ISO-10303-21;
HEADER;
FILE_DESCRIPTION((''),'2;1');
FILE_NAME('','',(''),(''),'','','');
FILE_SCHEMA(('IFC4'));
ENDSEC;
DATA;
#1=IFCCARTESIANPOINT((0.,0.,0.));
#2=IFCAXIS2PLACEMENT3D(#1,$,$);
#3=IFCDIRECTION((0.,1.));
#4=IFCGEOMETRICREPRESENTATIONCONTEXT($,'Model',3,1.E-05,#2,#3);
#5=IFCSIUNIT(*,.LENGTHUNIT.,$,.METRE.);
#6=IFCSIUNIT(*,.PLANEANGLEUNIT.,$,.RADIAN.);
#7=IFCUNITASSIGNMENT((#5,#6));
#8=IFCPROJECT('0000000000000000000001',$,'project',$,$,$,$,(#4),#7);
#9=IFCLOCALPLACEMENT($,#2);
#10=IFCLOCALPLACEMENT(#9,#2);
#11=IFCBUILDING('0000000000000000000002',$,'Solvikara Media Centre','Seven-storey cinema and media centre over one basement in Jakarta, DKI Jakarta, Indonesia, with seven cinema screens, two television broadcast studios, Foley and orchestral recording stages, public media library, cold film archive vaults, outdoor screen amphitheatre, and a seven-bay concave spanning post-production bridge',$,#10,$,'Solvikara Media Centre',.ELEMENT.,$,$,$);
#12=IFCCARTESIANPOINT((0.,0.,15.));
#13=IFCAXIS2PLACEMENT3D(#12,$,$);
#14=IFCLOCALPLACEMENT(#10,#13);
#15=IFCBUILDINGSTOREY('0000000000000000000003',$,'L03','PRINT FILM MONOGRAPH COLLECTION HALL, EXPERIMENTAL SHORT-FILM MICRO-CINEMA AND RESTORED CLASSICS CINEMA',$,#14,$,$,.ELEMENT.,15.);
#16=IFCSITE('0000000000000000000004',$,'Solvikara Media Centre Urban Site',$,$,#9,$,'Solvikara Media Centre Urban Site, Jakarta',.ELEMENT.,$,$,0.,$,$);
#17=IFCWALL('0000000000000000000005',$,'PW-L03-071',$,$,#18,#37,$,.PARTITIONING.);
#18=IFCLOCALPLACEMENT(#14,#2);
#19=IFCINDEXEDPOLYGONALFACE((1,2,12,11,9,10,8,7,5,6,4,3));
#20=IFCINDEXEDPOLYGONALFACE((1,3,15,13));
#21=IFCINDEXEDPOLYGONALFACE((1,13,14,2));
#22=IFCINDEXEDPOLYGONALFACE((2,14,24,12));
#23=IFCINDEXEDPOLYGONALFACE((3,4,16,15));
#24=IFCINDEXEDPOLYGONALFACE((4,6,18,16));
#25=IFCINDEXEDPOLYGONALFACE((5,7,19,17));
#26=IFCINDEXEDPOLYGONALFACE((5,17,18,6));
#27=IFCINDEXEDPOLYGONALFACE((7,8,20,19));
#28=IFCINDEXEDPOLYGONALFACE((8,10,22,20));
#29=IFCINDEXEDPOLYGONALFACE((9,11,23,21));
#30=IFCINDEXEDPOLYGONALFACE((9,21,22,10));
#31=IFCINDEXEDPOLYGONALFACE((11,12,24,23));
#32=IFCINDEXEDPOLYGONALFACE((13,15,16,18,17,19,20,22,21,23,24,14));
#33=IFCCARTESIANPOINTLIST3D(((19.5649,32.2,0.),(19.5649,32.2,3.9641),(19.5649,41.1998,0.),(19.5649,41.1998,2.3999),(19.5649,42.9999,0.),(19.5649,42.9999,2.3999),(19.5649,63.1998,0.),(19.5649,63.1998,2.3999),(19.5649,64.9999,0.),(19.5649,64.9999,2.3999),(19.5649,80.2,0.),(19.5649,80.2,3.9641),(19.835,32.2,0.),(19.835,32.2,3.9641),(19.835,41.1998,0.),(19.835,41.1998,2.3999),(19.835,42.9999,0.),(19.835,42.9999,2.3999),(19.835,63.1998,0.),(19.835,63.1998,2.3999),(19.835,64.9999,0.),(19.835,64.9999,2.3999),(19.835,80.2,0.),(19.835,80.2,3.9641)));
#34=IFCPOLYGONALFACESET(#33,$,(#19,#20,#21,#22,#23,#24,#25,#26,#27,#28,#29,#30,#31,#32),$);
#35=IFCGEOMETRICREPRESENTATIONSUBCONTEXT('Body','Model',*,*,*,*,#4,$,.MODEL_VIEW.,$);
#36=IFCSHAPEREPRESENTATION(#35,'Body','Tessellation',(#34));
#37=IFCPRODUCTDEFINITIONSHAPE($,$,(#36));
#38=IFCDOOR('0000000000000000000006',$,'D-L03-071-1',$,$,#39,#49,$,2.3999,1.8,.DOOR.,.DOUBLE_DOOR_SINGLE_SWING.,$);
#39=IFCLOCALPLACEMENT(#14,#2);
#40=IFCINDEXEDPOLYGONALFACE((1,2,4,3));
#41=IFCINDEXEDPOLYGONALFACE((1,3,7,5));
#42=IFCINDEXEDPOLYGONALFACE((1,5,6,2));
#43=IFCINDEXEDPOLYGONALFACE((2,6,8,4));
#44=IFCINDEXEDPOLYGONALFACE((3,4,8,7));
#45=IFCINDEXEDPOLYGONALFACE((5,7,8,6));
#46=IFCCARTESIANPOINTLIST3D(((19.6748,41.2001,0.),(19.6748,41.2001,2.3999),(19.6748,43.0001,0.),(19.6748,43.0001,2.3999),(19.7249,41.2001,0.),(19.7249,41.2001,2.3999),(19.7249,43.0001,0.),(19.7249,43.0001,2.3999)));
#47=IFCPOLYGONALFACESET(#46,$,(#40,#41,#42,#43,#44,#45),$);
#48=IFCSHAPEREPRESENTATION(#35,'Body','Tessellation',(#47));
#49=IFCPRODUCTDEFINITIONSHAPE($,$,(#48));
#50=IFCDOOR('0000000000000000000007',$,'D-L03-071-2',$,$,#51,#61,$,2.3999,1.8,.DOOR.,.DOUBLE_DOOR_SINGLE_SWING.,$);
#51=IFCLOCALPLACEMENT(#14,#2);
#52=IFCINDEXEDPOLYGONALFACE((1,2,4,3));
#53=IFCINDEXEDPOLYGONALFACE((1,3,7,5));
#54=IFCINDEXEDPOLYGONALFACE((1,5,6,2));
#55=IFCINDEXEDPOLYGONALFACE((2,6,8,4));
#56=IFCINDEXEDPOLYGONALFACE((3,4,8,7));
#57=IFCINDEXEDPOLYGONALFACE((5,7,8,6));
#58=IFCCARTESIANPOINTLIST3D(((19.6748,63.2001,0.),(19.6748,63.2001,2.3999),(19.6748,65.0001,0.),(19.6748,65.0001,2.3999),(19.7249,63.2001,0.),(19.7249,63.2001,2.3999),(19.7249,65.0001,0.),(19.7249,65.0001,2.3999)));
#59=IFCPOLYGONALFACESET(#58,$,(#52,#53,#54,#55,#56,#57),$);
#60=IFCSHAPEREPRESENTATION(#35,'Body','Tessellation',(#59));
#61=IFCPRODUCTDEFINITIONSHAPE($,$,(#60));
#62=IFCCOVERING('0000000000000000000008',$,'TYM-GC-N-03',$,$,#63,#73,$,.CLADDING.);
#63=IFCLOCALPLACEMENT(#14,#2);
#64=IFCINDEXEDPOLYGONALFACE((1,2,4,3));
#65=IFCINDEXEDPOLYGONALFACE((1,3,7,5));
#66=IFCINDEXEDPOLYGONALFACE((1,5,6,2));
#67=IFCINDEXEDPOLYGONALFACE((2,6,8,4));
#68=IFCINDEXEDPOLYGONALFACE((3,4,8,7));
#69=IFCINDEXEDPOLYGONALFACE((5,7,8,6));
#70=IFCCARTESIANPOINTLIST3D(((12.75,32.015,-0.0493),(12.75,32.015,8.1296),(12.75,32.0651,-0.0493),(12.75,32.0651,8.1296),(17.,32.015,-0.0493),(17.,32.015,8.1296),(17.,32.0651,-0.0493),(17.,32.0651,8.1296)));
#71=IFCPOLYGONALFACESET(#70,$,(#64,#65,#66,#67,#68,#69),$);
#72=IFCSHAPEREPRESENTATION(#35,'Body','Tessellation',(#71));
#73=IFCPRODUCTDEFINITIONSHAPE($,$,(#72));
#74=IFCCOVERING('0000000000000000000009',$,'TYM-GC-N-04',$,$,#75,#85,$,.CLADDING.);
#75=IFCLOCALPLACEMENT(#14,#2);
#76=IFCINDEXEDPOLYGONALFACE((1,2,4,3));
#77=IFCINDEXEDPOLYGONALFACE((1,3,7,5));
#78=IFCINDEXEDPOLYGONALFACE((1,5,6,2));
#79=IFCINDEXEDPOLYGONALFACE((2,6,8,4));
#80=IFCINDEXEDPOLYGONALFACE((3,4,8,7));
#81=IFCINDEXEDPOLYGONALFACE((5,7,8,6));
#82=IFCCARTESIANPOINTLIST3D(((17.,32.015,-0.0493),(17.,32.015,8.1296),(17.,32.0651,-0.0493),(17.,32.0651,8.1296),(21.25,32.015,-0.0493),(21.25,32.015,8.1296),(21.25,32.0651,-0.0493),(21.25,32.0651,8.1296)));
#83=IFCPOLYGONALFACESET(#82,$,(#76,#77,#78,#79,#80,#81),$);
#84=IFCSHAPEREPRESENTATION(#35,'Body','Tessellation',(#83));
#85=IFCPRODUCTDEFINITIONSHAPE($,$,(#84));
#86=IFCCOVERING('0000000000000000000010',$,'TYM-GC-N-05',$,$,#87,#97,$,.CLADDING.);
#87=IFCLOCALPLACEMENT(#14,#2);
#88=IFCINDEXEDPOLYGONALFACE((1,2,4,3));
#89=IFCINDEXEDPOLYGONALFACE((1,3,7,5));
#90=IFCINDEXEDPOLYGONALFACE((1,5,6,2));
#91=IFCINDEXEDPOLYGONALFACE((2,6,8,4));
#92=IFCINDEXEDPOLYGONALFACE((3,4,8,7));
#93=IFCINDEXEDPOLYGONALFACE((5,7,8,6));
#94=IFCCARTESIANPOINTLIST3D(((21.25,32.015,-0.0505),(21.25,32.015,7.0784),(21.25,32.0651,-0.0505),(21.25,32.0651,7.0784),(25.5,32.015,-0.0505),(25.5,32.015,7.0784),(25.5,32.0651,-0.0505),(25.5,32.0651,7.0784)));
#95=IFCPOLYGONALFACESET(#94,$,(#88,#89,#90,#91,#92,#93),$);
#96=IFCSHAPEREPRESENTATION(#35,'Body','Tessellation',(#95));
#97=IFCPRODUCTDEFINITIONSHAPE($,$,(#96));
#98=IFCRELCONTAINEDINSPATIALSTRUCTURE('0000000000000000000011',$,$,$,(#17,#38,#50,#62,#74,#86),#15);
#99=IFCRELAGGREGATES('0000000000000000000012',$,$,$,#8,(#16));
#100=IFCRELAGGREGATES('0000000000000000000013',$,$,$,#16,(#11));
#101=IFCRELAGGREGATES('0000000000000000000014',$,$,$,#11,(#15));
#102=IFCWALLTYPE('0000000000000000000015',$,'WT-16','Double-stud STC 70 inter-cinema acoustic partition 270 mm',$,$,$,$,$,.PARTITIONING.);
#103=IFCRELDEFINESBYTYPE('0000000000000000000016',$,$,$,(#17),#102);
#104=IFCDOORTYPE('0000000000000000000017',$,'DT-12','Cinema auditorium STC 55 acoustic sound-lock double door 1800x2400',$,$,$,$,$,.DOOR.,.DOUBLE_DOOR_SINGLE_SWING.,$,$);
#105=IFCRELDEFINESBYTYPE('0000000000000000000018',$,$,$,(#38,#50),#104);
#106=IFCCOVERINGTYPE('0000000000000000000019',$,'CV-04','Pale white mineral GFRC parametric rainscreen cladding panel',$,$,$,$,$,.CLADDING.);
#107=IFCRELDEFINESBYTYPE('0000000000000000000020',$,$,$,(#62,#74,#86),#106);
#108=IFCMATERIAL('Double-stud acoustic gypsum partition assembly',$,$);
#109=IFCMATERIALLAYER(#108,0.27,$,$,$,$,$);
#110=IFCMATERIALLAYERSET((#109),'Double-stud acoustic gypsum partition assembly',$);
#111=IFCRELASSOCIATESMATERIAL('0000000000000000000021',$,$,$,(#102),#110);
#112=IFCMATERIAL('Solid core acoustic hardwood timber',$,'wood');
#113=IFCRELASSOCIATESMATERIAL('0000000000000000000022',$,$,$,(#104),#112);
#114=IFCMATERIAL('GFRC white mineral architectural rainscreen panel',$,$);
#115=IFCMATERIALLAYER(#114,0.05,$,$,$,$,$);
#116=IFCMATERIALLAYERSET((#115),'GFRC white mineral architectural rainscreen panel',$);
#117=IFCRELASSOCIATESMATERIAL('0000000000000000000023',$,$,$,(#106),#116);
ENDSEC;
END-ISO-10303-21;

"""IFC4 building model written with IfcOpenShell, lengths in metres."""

from ifc_helpers import new_model, si_unit, direction, frame, frame_2d, origin, origin_2d, place, context, subcontext, project, spatial, rectangle, extrude, material, layer, layer_set, type_object, element, fill, save


model = new_model("IFC4")

# Units and contexts
model_context = context("Model", 3, precision=1e-05, world=origin(), true_north=direction((0.0, 1.0)))
body_context = subcontext(model_context, "Body", "Model", "MODEL_VIEW")
ifc_project = project(units=[si_unit("LENGTHUNIT", "METRE"), si_unit("PLANEANGLEUNIT", "RADIAN")], contexts=[model_context])

# Site, building, storey
site_placement = place(None, origin())
site = spatial("IfcSite", under=ifc_project, at=site_placement, Name="Solvikara Media Centre Urban Site", LongName="Solvikara Media Centre Urban Site, Jakarta", CompositionType="ELEMENT", RefElevation=0.0)
building_placement = place(site_placement, origin())
building = spatial("IfcBuilding", under=site, at=building_placement, Name="Solvikara Media Centre", Description="Seven-storey cinema and media centre over one basement in Jakarta, DKI Jakarta, Indonesia, with seven cinema screens, two television broadcast studios, Foley and orchestral recording stages, public media library, cold film archive vaults, outdoor screen amphitheatre, and a seven-bay concave spanning post-production bridge", LongName="Solvikara Media Centre", CompositionType="ELEMENT")
storey_placement = place(building_placement, frame((0.0, 0.0, 15.0)))
storey = spatial("IfcBuildingStorey", under=building, at=storey_placement, Name="L03", Description="PRINT FILM MONOGRAPH COLLECTION HALL, EXPERIMENTAL SHORT-FILM MICRO-CINEMA AND RESTORED CLASSICS CINEMA", CompositionType="ELEMENT", Elevation=15.0)

# Wall, openings, doors
ifc_material_1 = material(Name="Double-stud acoustic gypsum partition assembly")
ifc_layer_1 = layer(ifc_material_1, 0.27)
ifc_layer_set_1 = layer_set([ifc_layer_1], Name="Double-stud acoustic gypsum partition assembly")
wall_type_1 = type_object("IfcWallType", Name="WT-16", Description="Double-stud STC 70 inter-cinema acoustic partition 270 mm", PredefinedType="PARTITIONING", material=ifc_layer_set_1)
wall_1_placement = place(storey_placement, frame((19.7, 32.2, 0.0), z_axis=(0.0, 0.0, 1.0), x_axis=(0.0, 1.0, 0.0)))
wall_1 = element("IfcWall", 1, at=wall_1_placement, inside=storey, type_object=wall_type_1, Name="PW-L03-071", PredefinedType="PARTITIONING", context=body_context, shape_type="SweptSolid", body=[
    extrude(rectangle(XDim=48.0, YDim=0.27, at=frame_2d((24.0, 0.0))), origin(), (0.0, 0.0, 1.0), 3.9641),
])
opening_1_placement = place(wall_1_placement, frame((9.0, 0.0, 0.0)))
opening_1 = element("IfcOpeningElement", 2, at=opening_1_placement, cuts=wall_1, PredefinedType="OPENING", context=body_context, shape_type="SweptSolid", body=[
    extrude(rectangle(XDim=1.8, YDim=2.3999, at=frame_2d((0.8999, 1.2))), frame((0.0, 0.147, 0.0), z_axis=(0.0, -1.0, 0.0), x_axis=(1.0, 0.0, 0.0)), (0.0, 0.0, 1.0), 0.2939),
])
opening_2_placement = place(wall_1_placement, frame((31.0, 0.0, 0.0)))
opening_2 = element("IfcOpeningElement", 3, at=opening_2_placement, cuts=wall_1, PredefinedType="OPENING", context=body_context, shape_type="SweptSolid", body=[
    extrude(rectangle(XDim=1.8, YDim=2.3999, at=frame_2d((0.8999, 1.2))), frame((0.0, 0.147, 0.0), z_axis=(0.0, -1.0, 0.0), x_axis=(1.0, 0.0, 0.0)), (0.0, 0.0, 1.0), 0.2939),
])
ifc_material_2 = material(Name="Solid core acoustic hardwood timber", Category="wood")
door_type_1 = type_object("IfcDoorType", Name="DT-12", Description="Cinema auditorium STC 55 acoustic sound-lock double door 1800x2400", OperationType="DOUBLE_DOOR_SINGLE_SWING", PredefinedType="DOOR", material=ifc_material_2)
door_1_placement = place(opening_1_placement, frame((1.8, 0.0, 0.0), z_axis=(0.0, 0.0, 1.0), x_axis=(-1.0, 0.0, 0.0)))
door_1 = element("IfcDoor", 4, at=door_1_placement, inside=storey, type_object=door_type_1, Name="D-L03-071-1", OperationType="DOUBLE_DOOR_SINGLE_SWING", OverallHeight=2.3999, OverallWidth=1.8, PredefinedType="DOOR", context=body_context, shape_type="SweptSolid", body=[
    extrude(rectangle(XDim=1.8, YDim=2.3999, at=frame_2d((0.8999, 1.2))), frame((0.0, 0.0249, 0.0), z_axis=(0.0, -1.0, 0.0), x_axis=(1.0, 0.0, 0.0)), (0.0, 0.0, 1.0), 0.05),
])
fill(opening_1, door_1)
door_2_placement = place(opening_2_placement, frame((1.8, 0.0, 0.0), z_axis=(0.0, 0.0, 1.0), x_axis=(-1.0, 0.0, 0.0)))
door_2 = element("IfcDoor", 5, at=door_2_placement, inside=storey, type_object=door_type_1, Name="D-L03-071-2", OperationType="DOUBLE_DOOR_SINGLE_SWING", OverallHeight=2.3999, OverallWidth=1.8, PredefinedType="DOOR", context=body_context, shape_type="SweptSolid", body=[
    extrude(rectangle(XDim=1.8, YDim=2.3999, at=frame_2d((0.8999, 1.2))), frame((0.0, 0.0249, 0.0), z_axis=(0.0, -1.0, 0.0), x_axis=(1.0, 0.0, 0.0)), (0.0, 0.0, 1.0), 0.05),
])
fill(opening_2, door_2)

# Coverings
ifc_material_3 = material(Name="GFRC white mineral architectural rainscreen panel")
ifc_layer_2 = layer(ifc_material_3, 0.05)
ifc_layer_set_2 = layer_set([ifc_layer_2], Name="GFRC white mineral architectural rainscreen panel")
covering_type = type_object("IfcCoveringType", Name="CV-04", Description="Pale white mineral GFRC parametric rainscreen cladding panel", PredefinedType="CLADDING", material=ifc_layer_set_2)
for number, where, z_axis, x_axis, name in (
    (6, (14.875, 32.04, -0.0493), (0.0, 0.0, 1.0), (1.0, 0.0, 0.0), "TYM-GC-N-03"),
    (7, (19.125, 32.04, -0.0493), (0.0, 0.0, 1.0), (1.0, 0.0, 0.0), "TYM-GC-N-04"),
):
    element("IfcCovering", number, at=place(storey_placement, frame(where, z_axis=z_axis, x_axis=x_axis)), inside=storey, type_object=covering_type, Name=name, PredefinedType="CLADDING", context=body_context, shape_type="SweptSolid", body=[
        extrude(rectangle(XDim=4.25, YDim=0.05, at=origin_2d()), origin(), (0.0, 0.0, 1.0), 8.179),
    ])
covering_placement = place(storey_placement, frame((23.375, 32.04, -0.0505), z_axis=(0.0, 0.0, 1.0), x_axis=(1.0, 0.0, 0.0)))
element("IfcCovering", 8, at=covering_placement, inside=storey, type_object=covering_type, Name="TYM-GC-N-05", PredefinedType="CLADDING", context=body_context, shape_type="SweptSolid", body=[
    extrude(rectangle(XDim=4.25, YDim=0.05, at=origin_2d()), origin(), (0.0, 0.0, 1.0), 7.1289),
])

save(model, "model.ifc")
